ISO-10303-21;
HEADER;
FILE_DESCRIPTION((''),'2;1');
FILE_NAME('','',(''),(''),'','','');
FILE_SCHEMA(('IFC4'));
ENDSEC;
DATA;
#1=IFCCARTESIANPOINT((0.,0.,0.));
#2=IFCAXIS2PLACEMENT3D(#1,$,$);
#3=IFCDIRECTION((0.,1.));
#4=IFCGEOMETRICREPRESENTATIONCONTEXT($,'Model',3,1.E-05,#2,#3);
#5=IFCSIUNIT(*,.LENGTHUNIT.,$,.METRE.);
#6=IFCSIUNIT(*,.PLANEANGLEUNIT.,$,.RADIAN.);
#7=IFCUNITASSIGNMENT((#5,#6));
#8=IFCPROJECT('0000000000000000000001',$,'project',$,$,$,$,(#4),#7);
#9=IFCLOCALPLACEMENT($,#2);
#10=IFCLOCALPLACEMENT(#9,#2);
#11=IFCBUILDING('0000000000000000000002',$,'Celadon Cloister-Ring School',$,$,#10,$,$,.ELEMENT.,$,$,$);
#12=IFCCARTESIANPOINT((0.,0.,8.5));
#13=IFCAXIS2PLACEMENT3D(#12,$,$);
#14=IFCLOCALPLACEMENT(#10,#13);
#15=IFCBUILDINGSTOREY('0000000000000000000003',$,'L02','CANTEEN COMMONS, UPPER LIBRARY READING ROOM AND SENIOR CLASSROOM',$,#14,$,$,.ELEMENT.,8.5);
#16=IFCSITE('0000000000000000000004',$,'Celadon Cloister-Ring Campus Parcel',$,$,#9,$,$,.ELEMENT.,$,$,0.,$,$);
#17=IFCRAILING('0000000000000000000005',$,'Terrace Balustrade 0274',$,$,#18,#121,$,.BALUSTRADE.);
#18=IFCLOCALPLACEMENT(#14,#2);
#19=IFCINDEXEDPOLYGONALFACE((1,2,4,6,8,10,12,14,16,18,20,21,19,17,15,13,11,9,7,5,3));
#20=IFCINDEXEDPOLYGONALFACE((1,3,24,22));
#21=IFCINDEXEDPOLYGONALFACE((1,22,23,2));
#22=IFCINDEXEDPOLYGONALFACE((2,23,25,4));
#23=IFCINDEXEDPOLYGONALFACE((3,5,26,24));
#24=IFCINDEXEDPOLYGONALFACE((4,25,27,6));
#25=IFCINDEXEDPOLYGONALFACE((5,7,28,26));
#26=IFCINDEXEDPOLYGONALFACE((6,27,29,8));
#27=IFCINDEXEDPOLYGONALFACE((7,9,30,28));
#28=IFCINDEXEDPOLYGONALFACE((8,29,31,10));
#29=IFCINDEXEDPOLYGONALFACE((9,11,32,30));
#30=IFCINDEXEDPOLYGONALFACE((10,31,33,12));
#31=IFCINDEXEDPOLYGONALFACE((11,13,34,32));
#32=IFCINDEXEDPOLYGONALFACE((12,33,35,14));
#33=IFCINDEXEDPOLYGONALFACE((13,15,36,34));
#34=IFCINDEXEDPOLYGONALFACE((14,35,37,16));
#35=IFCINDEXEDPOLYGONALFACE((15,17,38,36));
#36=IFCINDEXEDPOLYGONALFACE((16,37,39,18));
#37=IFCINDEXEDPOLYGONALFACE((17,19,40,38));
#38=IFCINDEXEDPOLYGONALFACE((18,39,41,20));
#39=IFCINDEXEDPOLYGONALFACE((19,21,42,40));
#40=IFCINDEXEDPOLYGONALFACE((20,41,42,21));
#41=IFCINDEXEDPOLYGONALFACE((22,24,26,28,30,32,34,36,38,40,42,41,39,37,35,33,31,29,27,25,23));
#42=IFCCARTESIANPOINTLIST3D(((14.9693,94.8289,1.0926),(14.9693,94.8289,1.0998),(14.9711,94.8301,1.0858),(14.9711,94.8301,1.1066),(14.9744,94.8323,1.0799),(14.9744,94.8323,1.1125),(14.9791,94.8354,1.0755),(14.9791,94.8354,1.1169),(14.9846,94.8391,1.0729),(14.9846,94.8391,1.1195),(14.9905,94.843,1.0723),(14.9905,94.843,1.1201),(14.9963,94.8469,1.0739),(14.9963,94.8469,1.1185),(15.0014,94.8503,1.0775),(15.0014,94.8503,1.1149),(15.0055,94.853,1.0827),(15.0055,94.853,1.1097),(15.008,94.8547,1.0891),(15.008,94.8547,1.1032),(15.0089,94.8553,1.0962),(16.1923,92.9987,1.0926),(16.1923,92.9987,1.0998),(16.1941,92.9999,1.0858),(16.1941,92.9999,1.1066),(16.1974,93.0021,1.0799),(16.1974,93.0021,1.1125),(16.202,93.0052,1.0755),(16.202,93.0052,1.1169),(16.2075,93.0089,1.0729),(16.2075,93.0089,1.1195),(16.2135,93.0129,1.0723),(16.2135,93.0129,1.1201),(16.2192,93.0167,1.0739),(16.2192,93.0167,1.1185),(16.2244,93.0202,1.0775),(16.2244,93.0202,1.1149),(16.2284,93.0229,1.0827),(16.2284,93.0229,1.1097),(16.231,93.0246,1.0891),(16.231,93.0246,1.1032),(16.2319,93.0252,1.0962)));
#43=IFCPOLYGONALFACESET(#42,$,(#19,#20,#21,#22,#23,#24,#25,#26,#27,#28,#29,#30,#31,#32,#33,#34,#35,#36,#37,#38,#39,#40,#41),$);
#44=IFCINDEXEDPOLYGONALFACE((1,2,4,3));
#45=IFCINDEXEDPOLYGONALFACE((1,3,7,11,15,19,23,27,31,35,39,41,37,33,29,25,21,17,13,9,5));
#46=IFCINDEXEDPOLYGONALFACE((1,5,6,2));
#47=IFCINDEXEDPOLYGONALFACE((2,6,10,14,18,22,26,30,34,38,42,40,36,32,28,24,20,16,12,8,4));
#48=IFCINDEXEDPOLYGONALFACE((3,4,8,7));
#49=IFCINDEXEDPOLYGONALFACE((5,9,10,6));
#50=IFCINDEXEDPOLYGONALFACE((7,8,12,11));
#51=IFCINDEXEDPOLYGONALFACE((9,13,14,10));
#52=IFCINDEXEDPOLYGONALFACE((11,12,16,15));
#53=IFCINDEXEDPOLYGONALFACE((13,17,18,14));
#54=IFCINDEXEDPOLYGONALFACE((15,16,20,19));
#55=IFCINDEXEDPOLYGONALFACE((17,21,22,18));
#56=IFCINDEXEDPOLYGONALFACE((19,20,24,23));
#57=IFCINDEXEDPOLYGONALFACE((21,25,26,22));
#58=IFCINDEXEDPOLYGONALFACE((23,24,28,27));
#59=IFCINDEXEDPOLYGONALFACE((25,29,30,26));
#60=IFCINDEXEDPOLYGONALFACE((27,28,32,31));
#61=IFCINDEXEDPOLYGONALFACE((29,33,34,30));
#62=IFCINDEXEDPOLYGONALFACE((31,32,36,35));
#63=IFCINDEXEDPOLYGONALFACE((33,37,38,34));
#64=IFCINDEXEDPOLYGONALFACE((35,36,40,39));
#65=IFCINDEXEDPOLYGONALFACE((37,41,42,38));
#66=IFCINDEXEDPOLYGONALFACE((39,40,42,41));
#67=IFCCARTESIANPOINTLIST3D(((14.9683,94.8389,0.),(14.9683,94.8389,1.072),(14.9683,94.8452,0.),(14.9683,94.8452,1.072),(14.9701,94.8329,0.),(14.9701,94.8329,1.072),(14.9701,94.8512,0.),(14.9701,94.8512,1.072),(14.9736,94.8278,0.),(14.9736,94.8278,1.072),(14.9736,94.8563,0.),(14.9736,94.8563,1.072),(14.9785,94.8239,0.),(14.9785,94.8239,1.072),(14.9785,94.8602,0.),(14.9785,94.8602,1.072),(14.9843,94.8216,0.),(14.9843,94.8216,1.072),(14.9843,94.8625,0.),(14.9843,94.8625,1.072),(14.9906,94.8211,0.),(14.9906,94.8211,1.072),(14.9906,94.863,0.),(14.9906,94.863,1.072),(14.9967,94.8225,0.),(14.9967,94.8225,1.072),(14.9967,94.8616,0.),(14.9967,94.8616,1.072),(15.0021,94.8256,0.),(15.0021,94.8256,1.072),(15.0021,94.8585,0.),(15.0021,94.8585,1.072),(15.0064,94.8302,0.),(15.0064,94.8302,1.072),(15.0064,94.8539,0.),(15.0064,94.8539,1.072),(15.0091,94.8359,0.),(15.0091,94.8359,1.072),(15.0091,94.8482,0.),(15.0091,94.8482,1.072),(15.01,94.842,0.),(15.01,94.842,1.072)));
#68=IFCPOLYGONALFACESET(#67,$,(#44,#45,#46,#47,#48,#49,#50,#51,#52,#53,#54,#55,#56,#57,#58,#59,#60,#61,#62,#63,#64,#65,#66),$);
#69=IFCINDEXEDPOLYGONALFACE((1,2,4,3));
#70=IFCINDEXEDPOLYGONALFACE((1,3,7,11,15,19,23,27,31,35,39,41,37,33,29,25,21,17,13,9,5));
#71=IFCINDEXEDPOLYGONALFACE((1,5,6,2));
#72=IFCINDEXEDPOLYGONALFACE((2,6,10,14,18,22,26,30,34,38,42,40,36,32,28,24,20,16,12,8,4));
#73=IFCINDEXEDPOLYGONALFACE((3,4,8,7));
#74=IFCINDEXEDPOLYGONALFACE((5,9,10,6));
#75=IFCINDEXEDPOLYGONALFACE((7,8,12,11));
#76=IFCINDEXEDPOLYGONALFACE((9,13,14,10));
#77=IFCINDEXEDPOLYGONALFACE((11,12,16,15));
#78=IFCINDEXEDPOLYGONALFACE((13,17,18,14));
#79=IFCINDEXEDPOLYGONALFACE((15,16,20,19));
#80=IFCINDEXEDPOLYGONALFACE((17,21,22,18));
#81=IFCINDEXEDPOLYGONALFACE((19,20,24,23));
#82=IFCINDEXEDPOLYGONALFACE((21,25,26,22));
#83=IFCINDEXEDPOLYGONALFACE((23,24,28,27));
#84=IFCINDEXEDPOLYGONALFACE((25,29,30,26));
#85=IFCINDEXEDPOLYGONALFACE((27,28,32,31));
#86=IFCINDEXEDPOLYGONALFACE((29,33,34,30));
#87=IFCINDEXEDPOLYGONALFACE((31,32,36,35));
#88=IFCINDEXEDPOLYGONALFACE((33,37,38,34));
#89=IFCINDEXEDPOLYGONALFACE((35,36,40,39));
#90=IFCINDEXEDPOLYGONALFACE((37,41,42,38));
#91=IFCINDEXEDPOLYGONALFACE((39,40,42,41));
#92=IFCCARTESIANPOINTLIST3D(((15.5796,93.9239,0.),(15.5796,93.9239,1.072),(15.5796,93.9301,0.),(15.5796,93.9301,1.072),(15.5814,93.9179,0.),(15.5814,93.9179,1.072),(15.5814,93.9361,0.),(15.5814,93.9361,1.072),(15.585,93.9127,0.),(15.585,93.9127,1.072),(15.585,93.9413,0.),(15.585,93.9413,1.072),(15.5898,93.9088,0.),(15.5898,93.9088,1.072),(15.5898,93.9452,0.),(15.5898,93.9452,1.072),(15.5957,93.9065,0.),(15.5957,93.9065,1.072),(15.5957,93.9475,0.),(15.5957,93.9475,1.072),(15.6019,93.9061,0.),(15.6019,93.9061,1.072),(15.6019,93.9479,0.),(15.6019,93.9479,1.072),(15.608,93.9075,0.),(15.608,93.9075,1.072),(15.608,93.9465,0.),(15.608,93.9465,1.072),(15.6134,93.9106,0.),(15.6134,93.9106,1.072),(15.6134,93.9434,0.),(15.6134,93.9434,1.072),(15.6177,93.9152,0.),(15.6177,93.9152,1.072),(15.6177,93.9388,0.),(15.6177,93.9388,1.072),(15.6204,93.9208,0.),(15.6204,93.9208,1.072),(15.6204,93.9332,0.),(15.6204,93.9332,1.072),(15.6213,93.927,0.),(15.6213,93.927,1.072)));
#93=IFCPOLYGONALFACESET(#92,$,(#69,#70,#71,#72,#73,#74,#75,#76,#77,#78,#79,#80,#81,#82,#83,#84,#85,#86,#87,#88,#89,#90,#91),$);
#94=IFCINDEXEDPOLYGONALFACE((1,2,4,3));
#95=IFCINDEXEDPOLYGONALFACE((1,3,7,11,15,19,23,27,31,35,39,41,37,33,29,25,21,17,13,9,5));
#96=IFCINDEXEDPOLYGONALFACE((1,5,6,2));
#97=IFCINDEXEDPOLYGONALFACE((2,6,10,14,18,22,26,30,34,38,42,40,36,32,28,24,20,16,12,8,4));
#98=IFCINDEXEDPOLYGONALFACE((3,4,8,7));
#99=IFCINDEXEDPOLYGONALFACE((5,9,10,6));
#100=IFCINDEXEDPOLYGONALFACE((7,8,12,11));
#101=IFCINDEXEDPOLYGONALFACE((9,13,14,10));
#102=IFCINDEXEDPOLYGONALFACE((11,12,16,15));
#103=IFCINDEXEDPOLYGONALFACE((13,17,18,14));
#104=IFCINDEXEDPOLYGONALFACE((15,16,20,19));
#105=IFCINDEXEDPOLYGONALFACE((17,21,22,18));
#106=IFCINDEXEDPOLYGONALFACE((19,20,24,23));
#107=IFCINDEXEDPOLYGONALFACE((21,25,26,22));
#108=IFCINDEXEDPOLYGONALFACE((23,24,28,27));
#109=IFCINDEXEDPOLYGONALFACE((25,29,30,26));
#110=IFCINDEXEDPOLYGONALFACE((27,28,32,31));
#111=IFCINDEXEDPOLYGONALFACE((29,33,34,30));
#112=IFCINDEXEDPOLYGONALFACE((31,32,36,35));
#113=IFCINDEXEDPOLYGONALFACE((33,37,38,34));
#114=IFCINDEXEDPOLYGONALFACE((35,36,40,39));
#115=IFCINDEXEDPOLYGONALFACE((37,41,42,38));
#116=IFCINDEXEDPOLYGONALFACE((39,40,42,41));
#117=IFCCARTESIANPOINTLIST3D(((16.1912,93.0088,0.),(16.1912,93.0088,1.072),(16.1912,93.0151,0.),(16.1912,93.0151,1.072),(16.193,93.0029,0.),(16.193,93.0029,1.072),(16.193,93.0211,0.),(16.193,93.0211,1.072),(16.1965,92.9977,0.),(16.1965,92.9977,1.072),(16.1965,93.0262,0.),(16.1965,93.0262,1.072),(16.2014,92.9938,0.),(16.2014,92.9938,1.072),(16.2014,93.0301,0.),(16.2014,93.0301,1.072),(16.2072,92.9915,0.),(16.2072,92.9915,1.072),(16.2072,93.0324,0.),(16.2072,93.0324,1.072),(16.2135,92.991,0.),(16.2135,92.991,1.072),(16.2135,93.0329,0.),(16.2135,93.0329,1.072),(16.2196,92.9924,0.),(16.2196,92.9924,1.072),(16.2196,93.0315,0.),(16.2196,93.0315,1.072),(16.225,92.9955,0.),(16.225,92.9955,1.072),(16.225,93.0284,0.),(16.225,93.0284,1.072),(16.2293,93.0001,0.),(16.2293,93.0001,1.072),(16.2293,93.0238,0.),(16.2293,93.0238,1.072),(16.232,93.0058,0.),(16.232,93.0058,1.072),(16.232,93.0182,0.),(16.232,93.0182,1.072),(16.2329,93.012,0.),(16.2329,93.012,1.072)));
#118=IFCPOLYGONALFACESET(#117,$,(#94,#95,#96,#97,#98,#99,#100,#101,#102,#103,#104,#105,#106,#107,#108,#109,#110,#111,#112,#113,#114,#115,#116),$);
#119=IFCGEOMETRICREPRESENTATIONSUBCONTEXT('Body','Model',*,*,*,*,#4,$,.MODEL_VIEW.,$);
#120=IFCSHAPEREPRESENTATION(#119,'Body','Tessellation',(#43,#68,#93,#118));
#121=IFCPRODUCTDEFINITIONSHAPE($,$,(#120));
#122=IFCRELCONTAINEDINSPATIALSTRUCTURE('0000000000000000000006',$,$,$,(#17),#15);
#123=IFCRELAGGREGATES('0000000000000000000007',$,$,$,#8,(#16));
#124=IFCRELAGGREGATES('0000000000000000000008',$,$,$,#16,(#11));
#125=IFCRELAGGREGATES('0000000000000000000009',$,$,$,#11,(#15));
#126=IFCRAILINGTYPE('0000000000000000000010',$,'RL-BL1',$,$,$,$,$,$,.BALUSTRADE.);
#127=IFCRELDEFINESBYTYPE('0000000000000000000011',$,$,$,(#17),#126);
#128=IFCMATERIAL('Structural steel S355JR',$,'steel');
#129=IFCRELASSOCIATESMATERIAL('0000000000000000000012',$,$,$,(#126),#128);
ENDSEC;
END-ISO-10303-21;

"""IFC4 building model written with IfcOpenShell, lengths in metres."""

from ifc_helpers import new_model, si_unit, direction, frame, origin, origin_2d, place, context, subcontext, project, spatial, circle, extrude, material, type_object, element, save


model = new_model("IFC4")

# Units and contexts
model_context = context("Model", 3, precision=1e-05, world=origin(), true_north=direction((0.0, 1.0)))
body_context = subcontext(model_context, "Body", "Model", "MODEL_VIEW")
ifc_project = project(units=[si_unit("LENGTHUNIT", "METRE"), si_unit("PLANEANGLEUNIT", "RADIAN")], contexts=[model_context])

# Site, building, storey
site_placement = place(None, origin())
site = spatial("IfcSite", under=ifc_project, at=site_placement, Name="Celadon Cloister-Ring Campus Parcel", CompositionType="ELEMENT", RefElevation=0.0)
building_placement = place(site_placement, origin())
building = spatial("IfcBuilding", under=site, at=building_placement, Name="Celadon Cloister-Ring School", CompositionType="ELEMENT")
storey_placement = place(building_placement, frame((0.0, 0.0, 8.5)))
storey = spatial("IfcBuildingStorey", under=building, at=storey_placement, Name="L02", Description="CANTEEN COMMONS, UPPER LIBRARY READING ROOM AND SENIOR CLASSROOM", CompositionType="ELEMENT", Elevation=8.5)

# Railing
ifc_material_1 = material(Name="Structural steel S355JR", Category="steel")
railing_type = type_object("IfcRailingType", Name="RL-BL1", PredefinedType="BALUSTRADE", material=ifc_material_1)
railing_placement = place(storey_placement, frame((14.989, 94.842, 0.0)))
element("IfcRailing", 1, at=railing_placement, inside=storey, type_object=railing_type, Name="Terrace Balustrade 0274", PredefinedType="BALUSTRADE", context=body_context, shape_type="SweptSolid", body=[
    extrude(circle(Radius=0.0239, at=origin_2d()), frame((0.0, 0.0, 1.0962), z_axis=(0.555596, -0.831453, 0.0), x_axis=(0.831453, 0.555596, 0.0)), (0.0, 0.0, 1.0), 2.2012),
    extrude(circle(Radius=0.021, at=origin_2d()), origin(), (0.0, 0.0, 1.0), 1.072),
    extrude(circle(Radius=0.021, at=origin_2d()), frame((0.6113, -0.915, 0.0)), (0.0, 0.0, 1.0), 1.072),
    extrude(circle(Radius=0.021, at=origin_2d()), frame((1.2229, -1.8301, 0.0)), (0.0, 0.0, 1.0), 1.072),
])

save(model, "model.ifc")
